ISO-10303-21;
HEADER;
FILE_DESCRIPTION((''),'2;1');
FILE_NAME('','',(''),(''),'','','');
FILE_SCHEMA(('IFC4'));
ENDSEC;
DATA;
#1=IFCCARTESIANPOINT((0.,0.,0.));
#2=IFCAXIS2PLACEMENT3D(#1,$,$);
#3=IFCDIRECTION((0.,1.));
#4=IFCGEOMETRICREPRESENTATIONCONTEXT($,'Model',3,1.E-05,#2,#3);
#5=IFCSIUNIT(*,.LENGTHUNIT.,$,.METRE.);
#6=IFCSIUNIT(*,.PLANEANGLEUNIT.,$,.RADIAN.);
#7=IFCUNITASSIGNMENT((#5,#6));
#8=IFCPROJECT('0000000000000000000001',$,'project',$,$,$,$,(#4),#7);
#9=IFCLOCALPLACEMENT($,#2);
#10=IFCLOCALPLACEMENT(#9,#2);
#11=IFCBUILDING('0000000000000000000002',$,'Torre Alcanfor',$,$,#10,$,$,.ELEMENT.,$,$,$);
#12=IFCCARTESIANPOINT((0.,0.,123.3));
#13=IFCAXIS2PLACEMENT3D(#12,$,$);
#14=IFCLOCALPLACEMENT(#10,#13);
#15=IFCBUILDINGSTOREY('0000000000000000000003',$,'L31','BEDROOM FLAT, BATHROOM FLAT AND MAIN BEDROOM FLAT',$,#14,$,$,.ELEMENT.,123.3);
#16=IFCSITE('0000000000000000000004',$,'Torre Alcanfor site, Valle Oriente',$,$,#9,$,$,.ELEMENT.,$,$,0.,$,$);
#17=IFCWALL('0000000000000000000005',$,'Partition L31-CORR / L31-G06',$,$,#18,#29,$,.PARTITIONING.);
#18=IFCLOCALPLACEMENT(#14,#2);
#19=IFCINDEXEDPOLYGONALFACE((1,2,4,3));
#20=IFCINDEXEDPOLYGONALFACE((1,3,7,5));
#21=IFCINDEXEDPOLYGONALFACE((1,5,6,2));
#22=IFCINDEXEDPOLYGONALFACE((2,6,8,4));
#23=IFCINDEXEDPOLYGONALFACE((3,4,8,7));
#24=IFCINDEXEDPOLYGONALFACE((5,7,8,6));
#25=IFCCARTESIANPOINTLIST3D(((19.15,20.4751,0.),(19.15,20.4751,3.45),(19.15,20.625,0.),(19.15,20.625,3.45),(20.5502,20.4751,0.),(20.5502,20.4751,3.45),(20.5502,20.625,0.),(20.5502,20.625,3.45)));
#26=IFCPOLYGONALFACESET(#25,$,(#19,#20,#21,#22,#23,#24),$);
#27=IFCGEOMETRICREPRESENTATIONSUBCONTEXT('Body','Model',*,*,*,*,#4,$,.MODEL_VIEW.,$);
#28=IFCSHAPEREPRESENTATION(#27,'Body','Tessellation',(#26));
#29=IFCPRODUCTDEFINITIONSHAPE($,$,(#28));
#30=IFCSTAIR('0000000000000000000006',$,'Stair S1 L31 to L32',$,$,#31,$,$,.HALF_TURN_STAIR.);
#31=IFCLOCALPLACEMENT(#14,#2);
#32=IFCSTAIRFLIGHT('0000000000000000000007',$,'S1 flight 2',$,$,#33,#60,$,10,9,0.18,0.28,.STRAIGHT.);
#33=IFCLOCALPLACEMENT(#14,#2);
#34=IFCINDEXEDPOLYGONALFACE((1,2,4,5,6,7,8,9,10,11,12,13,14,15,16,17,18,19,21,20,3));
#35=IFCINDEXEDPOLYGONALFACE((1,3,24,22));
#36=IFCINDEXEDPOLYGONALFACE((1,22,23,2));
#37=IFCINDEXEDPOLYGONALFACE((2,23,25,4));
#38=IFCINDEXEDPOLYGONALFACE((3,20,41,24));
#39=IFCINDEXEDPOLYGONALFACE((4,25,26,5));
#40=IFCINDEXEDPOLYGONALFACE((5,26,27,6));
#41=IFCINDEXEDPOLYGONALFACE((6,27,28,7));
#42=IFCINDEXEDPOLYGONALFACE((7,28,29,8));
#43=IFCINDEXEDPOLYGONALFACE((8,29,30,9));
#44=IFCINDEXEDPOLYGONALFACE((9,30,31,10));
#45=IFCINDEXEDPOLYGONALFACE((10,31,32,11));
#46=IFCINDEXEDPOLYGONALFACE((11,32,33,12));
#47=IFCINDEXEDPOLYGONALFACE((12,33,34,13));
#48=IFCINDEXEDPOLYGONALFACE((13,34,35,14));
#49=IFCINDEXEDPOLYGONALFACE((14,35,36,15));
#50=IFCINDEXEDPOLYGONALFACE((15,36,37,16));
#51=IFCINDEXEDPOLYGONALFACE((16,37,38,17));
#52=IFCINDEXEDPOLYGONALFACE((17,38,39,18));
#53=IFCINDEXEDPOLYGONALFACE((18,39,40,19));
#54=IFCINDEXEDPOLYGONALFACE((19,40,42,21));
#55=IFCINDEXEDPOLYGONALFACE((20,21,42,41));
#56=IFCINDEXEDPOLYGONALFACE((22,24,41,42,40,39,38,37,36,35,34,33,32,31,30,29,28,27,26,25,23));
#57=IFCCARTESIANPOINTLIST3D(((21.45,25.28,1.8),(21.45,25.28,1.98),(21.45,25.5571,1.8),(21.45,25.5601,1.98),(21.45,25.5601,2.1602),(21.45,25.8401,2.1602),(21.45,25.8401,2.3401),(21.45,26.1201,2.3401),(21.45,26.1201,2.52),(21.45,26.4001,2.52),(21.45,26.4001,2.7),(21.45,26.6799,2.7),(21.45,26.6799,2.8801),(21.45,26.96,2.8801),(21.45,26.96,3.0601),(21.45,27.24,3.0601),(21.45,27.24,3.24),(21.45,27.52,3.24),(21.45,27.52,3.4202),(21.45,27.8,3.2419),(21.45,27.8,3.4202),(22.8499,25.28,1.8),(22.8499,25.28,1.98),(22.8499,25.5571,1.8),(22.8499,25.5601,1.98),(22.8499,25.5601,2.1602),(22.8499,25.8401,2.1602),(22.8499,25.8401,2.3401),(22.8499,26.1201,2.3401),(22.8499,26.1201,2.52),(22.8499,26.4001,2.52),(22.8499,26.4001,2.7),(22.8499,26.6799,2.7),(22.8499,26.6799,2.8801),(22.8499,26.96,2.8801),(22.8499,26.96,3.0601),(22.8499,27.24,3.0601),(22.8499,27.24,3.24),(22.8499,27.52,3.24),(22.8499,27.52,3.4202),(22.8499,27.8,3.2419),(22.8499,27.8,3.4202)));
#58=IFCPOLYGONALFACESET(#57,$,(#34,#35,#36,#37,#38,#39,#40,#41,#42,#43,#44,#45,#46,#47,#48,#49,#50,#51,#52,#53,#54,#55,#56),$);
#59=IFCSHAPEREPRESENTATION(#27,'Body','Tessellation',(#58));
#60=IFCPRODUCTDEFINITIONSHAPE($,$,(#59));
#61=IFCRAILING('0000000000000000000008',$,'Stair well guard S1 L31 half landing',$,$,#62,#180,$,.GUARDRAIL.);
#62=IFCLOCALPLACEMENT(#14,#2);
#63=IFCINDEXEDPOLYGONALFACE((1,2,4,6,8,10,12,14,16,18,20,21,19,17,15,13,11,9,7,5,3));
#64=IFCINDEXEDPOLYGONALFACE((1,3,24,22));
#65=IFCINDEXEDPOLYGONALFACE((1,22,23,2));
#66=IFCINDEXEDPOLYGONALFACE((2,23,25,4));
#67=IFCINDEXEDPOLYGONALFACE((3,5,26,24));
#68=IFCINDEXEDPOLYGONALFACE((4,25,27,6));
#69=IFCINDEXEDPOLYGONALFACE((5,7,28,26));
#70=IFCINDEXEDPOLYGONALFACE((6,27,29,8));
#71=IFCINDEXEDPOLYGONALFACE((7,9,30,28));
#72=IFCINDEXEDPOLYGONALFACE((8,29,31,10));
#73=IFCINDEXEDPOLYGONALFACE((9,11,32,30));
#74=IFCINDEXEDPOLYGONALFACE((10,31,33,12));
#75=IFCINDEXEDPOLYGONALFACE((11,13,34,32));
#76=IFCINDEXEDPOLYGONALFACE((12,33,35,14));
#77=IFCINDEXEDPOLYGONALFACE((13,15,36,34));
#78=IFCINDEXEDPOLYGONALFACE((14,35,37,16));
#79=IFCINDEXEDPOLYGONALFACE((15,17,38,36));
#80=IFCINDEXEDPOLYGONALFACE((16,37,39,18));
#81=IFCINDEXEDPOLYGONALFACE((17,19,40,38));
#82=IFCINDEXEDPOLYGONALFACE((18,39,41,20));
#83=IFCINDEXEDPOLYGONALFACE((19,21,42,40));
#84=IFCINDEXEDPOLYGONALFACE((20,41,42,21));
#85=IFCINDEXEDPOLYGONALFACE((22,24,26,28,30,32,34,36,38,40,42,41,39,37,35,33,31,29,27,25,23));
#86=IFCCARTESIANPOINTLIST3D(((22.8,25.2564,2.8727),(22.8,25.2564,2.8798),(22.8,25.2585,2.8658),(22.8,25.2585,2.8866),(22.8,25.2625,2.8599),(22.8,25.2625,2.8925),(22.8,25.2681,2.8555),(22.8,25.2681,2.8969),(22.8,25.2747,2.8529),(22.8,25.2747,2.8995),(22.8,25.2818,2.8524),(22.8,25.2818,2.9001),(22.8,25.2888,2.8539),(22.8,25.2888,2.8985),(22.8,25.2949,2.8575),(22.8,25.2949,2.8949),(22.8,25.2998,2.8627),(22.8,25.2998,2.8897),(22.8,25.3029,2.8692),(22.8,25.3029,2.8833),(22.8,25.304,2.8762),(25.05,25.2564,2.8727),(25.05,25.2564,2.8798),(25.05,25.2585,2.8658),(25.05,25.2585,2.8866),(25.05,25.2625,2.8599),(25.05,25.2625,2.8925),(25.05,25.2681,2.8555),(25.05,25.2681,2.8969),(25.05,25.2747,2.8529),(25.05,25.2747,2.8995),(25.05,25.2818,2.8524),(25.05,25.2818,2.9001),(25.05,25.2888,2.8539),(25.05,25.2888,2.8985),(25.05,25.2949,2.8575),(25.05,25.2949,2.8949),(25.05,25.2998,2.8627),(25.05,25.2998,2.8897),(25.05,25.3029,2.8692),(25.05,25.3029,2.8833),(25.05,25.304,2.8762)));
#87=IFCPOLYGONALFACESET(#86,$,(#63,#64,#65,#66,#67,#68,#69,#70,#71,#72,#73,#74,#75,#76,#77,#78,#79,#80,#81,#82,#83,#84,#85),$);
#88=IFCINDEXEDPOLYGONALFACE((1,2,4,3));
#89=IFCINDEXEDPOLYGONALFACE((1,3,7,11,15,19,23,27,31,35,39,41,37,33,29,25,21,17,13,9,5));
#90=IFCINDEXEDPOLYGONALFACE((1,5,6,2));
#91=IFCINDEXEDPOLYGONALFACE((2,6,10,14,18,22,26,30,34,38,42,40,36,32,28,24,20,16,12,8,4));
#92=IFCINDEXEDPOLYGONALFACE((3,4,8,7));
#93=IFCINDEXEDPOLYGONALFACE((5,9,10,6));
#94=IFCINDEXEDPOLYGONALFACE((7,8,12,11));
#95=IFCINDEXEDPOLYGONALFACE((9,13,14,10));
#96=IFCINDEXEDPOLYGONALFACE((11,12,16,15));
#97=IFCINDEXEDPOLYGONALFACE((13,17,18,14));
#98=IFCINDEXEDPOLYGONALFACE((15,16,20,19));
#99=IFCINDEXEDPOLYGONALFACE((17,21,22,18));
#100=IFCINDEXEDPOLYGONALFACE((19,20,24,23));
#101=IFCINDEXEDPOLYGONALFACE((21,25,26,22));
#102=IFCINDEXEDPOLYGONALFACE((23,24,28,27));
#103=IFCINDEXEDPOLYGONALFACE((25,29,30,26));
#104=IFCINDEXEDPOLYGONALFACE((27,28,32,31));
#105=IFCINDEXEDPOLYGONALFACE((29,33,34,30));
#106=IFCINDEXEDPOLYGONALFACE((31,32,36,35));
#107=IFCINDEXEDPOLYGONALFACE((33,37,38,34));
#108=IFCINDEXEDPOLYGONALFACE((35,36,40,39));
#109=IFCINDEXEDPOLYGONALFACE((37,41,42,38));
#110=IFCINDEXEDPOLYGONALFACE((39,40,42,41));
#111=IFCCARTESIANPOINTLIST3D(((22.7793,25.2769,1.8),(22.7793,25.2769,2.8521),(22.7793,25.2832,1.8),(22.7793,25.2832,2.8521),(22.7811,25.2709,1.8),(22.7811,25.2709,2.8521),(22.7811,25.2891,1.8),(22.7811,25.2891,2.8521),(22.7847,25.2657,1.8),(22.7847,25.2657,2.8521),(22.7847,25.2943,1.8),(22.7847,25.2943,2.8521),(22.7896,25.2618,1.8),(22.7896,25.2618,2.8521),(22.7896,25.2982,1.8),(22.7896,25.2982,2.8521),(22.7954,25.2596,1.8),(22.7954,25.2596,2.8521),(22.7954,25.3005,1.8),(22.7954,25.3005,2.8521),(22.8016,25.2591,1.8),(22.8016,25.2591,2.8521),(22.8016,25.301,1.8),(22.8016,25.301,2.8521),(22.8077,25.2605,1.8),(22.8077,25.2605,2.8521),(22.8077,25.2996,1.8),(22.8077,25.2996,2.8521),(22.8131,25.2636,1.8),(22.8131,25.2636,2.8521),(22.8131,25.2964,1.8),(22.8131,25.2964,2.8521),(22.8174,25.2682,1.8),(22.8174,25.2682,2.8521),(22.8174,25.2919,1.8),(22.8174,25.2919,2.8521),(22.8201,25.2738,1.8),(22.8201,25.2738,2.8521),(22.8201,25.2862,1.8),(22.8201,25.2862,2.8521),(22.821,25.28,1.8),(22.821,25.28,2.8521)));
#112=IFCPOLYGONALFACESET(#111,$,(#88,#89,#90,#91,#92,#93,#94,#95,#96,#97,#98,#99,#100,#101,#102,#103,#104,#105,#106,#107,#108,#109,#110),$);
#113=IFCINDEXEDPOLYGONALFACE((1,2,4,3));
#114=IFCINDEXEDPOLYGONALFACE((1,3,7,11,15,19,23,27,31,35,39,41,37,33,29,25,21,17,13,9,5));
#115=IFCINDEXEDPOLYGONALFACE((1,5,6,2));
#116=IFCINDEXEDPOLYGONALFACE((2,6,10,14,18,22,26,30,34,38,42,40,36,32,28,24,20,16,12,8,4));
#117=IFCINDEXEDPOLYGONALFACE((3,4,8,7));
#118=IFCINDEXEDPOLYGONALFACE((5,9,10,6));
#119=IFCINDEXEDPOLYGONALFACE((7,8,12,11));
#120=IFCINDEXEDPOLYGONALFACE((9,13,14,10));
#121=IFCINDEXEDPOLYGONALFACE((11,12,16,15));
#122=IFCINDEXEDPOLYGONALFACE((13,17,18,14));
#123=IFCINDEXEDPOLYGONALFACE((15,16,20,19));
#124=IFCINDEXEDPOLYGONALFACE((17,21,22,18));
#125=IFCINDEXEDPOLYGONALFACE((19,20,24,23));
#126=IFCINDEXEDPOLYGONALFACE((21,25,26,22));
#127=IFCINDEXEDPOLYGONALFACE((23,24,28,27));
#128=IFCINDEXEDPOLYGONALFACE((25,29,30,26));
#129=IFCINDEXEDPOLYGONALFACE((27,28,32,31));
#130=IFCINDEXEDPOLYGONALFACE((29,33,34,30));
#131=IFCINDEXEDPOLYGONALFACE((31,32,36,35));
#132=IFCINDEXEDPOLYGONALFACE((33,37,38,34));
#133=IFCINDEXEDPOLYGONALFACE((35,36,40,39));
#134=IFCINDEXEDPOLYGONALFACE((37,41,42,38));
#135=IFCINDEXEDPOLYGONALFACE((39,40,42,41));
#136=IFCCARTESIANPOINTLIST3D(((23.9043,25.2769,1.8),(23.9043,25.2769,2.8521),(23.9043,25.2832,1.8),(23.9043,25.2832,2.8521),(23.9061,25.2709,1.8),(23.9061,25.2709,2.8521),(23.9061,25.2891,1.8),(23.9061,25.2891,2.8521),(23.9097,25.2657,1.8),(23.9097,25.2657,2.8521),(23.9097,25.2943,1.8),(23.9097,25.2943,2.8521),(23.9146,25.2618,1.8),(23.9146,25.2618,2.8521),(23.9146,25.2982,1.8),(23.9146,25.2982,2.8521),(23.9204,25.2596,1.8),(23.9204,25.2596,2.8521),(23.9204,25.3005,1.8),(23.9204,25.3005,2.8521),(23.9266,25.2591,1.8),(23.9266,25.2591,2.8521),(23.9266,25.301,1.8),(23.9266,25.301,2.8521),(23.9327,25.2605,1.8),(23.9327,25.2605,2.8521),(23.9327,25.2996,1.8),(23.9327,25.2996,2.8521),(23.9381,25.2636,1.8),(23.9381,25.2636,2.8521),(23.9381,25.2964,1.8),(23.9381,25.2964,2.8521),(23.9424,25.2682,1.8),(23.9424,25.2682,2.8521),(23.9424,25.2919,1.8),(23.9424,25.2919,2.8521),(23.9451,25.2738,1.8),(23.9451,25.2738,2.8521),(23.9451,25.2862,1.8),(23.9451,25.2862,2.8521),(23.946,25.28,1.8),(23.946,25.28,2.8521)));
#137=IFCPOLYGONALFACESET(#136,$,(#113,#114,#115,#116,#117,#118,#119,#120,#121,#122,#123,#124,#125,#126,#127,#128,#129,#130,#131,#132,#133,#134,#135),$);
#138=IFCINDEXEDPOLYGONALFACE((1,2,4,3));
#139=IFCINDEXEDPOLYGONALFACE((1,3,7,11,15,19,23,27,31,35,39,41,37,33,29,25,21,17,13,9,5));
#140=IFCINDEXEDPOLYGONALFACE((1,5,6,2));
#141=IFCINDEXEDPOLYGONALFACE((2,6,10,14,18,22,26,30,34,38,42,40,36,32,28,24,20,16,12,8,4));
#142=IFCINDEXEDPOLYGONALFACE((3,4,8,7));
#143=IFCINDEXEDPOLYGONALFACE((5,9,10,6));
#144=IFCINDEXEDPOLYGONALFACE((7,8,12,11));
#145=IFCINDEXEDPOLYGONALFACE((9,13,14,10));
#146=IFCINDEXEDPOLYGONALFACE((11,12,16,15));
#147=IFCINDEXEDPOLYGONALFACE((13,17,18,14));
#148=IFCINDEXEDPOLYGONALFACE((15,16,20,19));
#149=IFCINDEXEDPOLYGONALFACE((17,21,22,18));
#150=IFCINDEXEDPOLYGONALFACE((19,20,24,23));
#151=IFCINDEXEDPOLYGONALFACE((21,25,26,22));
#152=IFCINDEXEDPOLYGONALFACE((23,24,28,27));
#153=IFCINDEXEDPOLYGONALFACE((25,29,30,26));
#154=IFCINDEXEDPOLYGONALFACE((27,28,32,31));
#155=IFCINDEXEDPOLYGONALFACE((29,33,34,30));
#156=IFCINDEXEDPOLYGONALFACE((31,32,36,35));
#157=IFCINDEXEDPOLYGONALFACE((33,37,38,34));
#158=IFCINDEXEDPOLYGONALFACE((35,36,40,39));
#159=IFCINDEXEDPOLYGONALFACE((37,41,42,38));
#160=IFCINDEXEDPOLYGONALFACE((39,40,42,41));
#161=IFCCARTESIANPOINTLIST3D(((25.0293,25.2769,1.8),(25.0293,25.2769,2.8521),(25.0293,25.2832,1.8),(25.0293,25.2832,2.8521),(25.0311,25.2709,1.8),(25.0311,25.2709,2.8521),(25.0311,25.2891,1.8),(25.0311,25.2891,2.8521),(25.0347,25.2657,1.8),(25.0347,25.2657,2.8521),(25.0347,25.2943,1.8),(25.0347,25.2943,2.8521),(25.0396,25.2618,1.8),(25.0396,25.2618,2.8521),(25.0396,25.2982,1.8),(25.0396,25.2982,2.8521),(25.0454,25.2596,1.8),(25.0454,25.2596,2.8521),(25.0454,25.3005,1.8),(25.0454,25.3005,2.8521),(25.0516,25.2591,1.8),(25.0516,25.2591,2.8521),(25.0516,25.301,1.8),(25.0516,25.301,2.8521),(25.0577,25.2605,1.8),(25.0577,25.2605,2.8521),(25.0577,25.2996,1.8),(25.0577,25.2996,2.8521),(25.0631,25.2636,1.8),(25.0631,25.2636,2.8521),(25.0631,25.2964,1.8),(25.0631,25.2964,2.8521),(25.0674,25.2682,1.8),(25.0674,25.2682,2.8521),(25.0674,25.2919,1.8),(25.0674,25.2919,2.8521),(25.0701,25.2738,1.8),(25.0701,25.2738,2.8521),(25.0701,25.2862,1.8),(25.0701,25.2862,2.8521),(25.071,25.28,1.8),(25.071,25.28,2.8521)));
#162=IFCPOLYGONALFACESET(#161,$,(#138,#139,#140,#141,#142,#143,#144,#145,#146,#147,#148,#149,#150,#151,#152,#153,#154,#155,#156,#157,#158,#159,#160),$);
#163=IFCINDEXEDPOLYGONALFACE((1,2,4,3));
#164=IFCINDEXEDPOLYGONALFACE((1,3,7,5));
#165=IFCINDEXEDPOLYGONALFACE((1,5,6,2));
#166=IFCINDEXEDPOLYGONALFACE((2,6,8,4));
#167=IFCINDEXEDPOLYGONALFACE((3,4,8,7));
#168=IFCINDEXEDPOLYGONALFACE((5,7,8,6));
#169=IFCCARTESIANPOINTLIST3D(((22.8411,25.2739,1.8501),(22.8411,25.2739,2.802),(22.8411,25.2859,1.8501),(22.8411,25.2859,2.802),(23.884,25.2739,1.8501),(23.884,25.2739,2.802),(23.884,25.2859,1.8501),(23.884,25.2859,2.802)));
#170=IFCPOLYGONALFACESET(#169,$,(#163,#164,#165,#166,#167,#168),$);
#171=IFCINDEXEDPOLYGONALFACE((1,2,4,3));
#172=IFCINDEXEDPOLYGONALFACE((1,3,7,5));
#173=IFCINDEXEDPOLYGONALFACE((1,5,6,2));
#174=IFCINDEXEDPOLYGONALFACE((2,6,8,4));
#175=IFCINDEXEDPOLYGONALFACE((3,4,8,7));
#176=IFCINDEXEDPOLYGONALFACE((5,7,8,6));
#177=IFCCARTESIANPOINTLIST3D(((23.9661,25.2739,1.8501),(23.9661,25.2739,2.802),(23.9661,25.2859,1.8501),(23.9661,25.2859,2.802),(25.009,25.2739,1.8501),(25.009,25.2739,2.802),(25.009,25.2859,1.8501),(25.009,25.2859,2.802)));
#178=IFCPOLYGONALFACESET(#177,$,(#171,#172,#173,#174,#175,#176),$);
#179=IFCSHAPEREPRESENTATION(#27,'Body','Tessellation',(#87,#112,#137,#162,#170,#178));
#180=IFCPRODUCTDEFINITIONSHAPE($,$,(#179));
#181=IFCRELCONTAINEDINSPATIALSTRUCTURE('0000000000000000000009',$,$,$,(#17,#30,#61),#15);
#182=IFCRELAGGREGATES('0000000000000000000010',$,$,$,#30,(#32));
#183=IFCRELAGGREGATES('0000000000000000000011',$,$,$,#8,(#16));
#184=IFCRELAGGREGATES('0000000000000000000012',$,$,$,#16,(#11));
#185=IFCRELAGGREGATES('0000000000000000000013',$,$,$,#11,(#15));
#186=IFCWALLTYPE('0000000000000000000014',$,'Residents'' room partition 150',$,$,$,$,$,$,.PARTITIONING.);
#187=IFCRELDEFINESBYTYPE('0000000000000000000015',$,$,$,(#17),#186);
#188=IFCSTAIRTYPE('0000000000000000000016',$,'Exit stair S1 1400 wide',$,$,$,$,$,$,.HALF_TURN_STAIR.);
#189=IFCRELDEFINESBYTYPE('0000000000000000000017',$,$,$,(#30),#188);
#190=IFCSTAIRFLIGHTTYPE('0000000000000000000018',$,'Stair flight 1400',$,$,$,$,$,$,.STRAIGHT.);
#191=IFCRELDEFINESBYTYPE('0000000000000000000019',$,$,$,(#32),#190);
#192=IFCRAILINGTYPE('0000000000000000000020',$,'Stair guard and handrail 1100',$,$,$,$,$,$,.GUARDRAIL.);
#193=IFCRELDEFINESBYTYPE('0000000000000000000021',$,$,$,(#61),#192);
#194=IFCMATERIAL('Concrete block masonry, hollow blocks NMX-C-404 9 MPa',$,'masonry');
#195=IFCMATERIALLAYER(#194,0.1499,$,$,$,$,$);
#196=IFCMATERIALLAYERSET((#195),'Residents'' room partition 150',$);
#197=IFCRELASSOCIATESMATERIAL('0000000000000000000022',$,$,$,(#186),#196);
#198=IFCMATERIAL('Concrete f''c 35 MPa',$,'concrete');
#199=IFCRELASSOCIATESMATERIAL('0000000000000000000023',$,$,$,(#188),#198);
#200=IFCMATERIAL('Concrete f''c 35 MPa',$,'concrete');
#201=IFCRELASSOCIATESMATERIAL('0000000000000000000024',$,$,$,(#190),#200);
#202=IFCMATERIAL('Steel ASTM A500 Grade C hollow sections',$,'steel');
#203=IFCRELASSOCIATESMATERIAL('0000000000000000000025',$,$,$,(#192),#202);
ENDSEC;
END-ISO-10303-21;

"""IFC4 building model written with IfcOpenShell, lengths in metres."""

from ifc_helpers import new_model, si_unit, direction, frame, frame_2d, origin, origin_2d, place, context, subcontext, project, spatial, polyline, rectangle, circle, outline, extrude, material, layer, layer_set, type_object, element, aggregate, save


model = new_model("IFC4")

# Units and contexts
model_context = context("Model", 3, precision=1e-05, world=origin(), true_north=direction((0.0, 1.0)))
body_context = subcontext(model_context, "Body", "Model", "MODEL_VIEW")
ifc_project = project(units=[si_unit("LENGTHUNIT", "METRE"), si_unit("PLANEANGLEUNIT", "RADIAN")], contexts=[model_context])

# Site, building, storey
site_placement = place(None, origin())
site = spatial("IfcSite", under=ifc_project, at=site_placement, Name="Torre Alcanfor site, Valle Oriente", CompositionType="ELEMENT", RefElevation=0.0)
building_placement = place(site_placement, origin())
building = spatial("IfcBuilding", under=site, at=building_placement, Name="Torre Alcanfor", CompositionType="ELEMENT")
storey_placement = place(building_placement, frame((0.0, 0.0, 123.3)))
storey = spatial("IfcBuildingStorey", under=building, at=storey_placement, Name="L31", Description="BEDROOM FLAT, BATHROOM FLAT AND MAIN BEDROOM FLAT", CompositionType="ELEMENT", Elevation=123.3)

# Shared definitions
ifc_material_1 = material(Name="Concrete block masonry, hollow blocks NMX-C-404 9 MPa", Category="masonry")
ifc_layer_1 = layer(ifc_material_1, 0.1499)
ifc_layer_set_1 = layer_set([ifc_layer_1], Name="Residents' room partition 150")
wall_type_1 = type_object("IfcWallType", Name="Residents' room partition 150", PredefinedType="PARTITIONING", material=ifc_layer_set_1)

# Wall
wall_1_placement = place(storey_placement, frame((19.1499, 20.55, 0.0), z_axis=(0.0, 0.0, 1.0), x_axis=(1.0, 0.0, 0.0)))
element("IfcWall", 1, at=wall_1_placement, inside=storey, type_object=wall_type_1, Name="Partition L31-CORR / L31-G06", PredefinedType="PARTITIONING", context=body_context, shape_type="SweptSolid", body=[
    extrude(rectangle(XDim=1.4001, YDim=0.1499, at=frame_2d((0.7002, 0.0))), origin(), (0.0, 0.0, 1.0), 3.45),
])

# Stair, stair flight
ifc_material_2 = material(Name="Concrete f'c 35 MPa", Category="concrete")
stair_type = type_object("IfcStairType", Name="Exit stair S1 1400 wide", PredefinedType="HALF_TURN_STAIR", material=ifc_material_2)
stair_placement = place(storey_placement, origin())
stair = element("IfcStair", 2, at=stair_placement, inside=storey, type_object=stair_type, Name="Stair S1 L31 to L32", PredefinedType="HALF_TURN_STAIR")
ifc_material_3 = material(Name="Concrete f'c 35 MPa", Category="concrete")
stair_flight_type = type_object("IfcStairFlightType", Name="Stair flight 1400", PredefinedType="STRAIGHT", material=ifc_material_3)
stair_flight_placement = place(storey_placement, frame((22.1499, 25.28, 1.8), z_axis=(0.0, 0.0, 1.0), x_axis=(0.0, 1.0, 0.0)))
stair_flight = element("IfcStairFlight", 3, at=stair_flight_placement, type_object=stair_flight_type, Name="S1 flight 2", NumberOfRisers=10, NumberOfTreads=9, PredefinedType="STRAIGHT", RiserHeight=0.18, TreadLength=0.28, context=body_context, shape_type="SweptSolid", body=[
    extrude(outline(polyline([(0.0, 0.0), (0.0, 0.1799), (0.28, 0.1799), (0.28, 0.3601), (0.5601, 0.3601), (0.5601, 0.54), (0.8401, 0.54), (0.8401, 0.72), (1.1201, 0.72), (1.1201, 0.8999), (1.3999, 0.8999), (1.3999, 1.0801), (1.6799, 1.0801), (1.6799, 1.26), (1.96, 1.26), (1.96, 1.4399), (2.24, 1.4399), (2.24, 1.6201), (2.52, 1.6201), (2.52, 1.8), (2.52, 1.4419), (0.2771, 0.0), (0.0, 0.0)])), frame((0.0, 0.7, 0.0), z_axis=(0.0, -1.0, 0.0), x_axis=(1.0, 0.0, 0.0)), (0.0, 0.0, 1.0), 1.3999),
])
aggregate(stair, [stair_flight])

# Railing
ifc_material_4 = material(Name="Steel ASTM A500 Grade C hollow sections", Category="steel")
railing_type_1 = type_object("IfcRailingType", Name="Stair guard and handrail 1100", PredefinedType="GUARDRAIL", material=ifc_material_4)
railing_1_placement = place(storey_placement, frame((22.8, 25.28, 1.8)))
element("IfcRailing", 4, at=railing_1_placement, inside=storey, type_object=railing_type_1, Name="Stair well guard S1 L31 half landing", PredefinedType="GUARDRAIL", context=body_context, shape_type="SweptSolid", body=[
    extrude(circle(Radius=0.0239, at=origin_2d()), frame((0.0, 0.0, 1.0762), z_axis=(1.0, 0.0, 0.0), x_axis=(0.0, 1.0, 0.0)), (0.0, 0.0, 1.0), 2.25),
    extrude(circle(Radius=0.021, at=origin_2d()), origin(), (0.0, 0.0, 1.0), 1.052),
    extrude(circle(Radius=0.021, at=origin_2d()), frame((1.125, 0.0, 0.0)), (0.0, 0.0, 1.0), 1.052),
    extrude(circle(Radius=0.021, at=origin_2d()), frame((2.25, 0.0, 0.0)), (0.0, 0.0, 1.0), 1.052),
    extrude(outline(polyline([(0.041, 0.05), (1.084, 0.05), (1.084, 1.002), (0.041, 1.002), (0.041, 0.05)])), frame((0.0, 0.0059, 0.0), z_axis=(0.0, -1.0, 0.0), x_axis=(1.0, 0.0, 0.0)), (0.0, 0.0, 1.0), 0.012),
    extrude(outline(polyline([(1.166, 0.05), (2.209, 0.05), (2.209, 1.002), (1.166, 1.002), (1.166, 0.05)])), frame((0.0, 0.0059, 0.0), z_axis=(0.0, -1.0, 0.0), x_axis=(1.0, 0.0, 0.0)), (0.0, 0.0, 1.0), 0.012),
])

save(model, "model.ifc")
